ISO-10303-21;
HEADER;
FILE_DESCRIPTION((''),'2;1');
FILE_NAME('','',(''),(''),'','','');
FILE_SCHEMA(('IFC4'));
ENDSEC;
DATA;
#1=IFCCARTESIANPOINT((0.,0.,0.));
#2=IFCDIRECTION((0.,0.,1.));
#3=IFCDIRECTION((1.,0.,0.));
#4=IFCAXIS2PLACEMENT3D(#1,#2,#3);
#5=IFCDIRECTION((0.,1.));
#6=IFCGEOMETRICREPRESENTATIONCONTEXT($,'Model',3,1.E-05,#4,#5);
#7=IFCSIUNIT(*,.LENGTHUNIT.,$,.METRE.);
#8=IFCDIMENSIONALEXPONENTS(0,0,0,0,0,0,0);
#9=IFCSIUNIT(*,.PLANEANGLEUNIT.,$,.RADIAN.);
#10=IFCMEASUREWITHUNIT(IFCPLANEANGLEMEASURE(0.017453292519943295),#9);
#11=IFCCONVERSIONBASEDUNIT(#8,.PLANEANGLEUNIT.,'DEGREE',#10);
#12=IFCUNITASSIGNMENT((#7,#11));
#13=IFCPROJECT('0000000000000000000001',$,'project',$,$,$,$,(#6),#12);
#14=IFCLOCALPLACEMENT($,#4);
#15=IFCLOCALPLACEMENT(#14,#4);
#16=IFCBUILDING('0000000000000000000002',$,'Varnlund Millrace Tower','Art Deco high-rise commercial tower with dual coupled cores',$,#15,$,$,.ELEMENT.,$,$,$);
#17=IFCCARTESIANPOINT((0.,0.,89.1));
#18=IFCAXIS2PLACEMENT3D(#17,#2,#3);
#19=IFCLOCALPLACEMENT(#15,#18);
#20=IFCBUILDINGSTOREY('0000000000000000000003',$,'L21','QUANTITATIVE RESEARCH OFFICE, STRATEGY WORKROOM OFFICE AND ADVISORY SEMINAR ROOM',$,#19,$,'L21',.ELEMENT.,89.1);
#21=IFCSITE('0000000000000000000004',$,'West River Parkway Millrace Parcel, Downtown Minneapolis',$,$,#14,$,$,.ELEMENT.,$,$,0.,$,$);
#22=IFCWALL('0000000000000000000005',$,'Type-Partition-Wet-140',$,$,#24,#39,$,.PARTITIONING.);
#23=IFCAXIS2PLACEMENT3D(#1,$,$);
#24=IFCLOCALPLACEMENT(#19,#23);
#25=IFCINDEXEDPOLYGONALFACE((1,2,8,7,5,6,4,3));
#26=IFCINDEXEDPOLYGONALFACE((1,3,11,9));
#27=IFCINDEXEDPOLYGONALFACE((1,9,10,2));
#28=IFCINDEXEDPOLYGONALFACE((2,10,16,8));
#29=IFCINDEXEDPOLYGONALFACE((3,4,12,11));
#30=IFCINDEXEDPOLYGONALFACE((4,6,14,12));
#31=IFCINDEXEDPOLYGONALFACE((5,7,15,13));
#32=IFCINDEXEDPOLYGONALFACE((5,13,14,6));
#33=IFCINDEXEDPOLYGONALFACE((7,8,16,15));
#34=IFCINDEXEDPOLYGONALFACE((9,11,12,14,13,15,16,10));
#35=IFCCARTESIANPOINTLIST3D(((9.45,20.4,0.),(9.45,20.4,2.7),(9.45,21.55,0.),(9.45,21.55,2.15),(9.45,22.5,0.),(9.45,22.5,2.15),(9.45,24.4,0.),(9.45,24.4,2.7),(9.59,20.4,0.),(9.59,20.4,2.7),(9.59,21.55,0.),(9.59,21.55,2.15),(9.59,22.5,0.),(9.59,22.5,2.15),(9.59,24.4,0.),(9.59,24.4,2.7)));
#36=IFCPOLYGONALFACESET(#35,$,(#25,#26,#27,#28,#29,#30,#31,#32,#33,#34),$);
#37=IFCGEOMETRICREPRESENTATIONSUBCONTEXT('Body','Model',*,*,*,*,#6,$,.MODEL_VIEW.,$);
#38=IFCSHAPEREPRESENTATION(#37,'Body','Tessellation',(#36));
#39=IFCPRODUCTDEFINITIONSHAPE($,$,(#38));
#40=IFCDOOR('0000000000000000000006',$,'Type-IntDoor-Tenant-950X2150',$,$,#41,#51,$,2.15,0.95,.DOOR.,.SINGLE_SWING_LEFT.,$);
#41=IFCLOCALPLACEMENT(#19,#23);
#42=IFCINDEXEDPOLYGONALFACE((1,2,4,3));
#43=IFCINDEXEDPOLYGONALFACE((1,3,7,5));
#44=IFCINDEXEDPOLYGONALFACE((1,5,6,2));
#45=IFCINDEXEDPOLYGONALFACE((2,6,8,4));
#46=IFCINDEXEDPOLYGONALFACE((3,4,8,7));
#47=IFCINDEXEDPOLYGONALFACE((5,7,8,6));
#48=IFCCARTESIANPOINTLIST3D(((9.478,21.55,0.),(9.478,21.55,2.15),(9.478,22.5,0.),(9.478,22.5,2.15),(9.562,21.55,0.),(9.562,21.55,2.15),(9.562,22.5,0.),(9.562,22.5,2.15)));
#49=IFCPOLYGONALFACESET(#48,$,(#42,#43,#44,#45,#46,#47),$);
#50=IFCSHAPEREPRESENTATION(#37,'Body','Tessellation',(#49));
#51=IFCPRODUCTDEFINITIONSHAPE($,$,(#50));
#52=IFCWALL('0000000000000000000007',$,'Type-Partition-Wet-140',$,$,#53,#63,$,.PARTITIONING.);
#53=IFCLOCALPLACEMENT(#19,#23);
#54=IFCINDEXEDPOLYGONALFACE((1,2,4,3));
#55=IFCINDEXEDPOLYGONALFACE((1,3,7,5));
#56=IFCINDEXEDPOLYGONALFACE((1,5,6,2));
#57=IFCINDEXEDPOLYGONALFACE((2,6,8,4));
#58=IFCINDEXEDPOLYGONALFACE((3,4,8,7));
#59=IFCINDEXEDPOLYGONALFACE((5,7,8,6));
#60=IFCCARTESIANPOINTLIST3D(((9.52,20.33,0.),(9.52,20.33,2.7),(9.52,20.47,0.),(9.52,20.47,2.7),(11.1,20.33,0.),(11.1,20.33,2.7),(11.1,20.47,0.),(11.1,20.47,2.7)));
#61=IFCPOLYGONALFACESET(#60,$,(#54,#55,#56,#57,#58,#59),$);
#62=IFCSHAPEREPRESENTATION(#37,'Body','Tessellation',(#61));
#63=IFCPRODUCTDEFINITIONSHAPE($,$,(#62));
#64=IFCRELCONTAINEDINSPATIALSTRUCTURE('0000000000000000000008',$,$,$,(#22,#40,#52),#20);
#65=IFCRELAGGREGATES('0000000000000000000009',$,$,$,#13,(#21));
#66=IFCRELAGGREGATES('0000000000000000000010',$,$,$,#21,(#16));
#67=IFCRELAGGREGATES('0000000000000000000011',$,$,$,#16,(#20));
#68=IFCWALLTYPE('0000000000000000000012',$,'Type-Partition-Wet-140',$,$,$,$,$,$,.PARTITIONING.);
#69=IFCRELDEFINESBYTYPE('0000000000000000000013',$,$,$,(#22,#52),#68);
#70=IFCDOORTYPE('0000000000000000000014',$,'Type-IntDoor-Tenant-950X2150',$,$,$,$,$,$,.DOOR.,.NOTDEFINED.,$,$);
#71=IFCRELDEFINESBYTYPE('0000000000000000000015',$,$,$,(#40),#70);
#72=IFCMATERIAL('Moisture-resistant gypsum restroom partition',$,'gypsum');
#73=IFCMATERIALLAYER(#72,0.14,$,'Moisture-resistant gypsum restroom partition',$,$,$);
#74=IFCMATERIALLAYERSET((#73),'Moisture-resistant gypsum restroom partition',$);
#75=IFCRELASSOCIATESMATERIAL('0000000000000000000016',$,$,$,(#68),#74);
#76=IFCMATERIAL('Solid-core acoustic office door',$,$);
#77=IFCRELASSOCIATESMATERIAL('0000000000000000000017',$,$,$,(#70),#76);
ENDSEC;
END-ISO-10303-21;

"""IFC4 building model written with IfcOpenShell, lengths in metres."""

from ifc_helpers import new_model, entity, si_unit, converted_unit, direction, frame, origin_with_axes, origin_2d_with_axis, place, context, subcontext, project, spatial, polyline, rectangle, outline, extrude, material, layer, layer_set, type_object, element, fill, save


model = new_model("IFC4")

# Units and contexts
model_context = context("Model", 3, precision=1e-05, world=origin_with_axes(), true_north=direction((0.0, 1.0)))
body_context = subcontext(model_context, "Body", "Model", "MODEL_VIEW")
ifc_project = project(units=[si_unit("LENGTHUNIT", "METRE"), converted_unit("PLANEANGLEUNIT", "DEGREE", entity("IfcPlaneAngleMeasure", 0.017453292519943295), si_unit("PLANEANGLEUNIT", "RADIAN"), dimensions=[0, 0, 0, 0, 0, 0, 0])], contexts=[model_context])

# Site, building, storey
site_placement = place(None, origin_with_axes())
site = spatial("IfcSite", under=ifc_project, at=site_placement, Name="West River Parkway Millrace Parcel, Downtown Minneapolis", CompositionType="ELEMENT", RefElevation=0.0)
building_placement = place(site_placement, origin_with_axes())
building = spatial("IfcBuilding", under=site, at=building_placement, Name="Varnlund Millrace Tower", Description="Art Deco high-rise commercial tower with dual coupled cores", CompositionType="ELEMENT")
storey_placement = place(building_placement, frame((0.0, 0.0, 89.1), z_axis=(0.0, 0.0, 1.0), x_axis=(1.0, 0.0, 0.0)))
storey = spatial("IfcBuildingStorey", under=building, at=storey_placement, Name="L21", Description="QUANTITATIVE RESEARCH OFFICE, STRATEGY WORKROOM OFFICE AND ADVISORY SEMINAR ROOM", LongName="L21", CompositionType="ELEMENT", Elevation=89.1)

# Wall, opening, door
ifc_material_1 = material(Name="Moisture-resistant gypsum restroom partition", Category="gypsum")
ifc_layer_1 = layer(ifc_material_1, 0.14, Name="Moisture-resistant gypsum restroom partition")
ifc_layer_set_1 = layer_set([ifc_layer_1], Name="Moisture-resistant gypsum restroom partition")
wall_type_1 = type_object("IfcWallType", Name="Type-Partition-Wet-140", PredefinedType="PARTITIONING", material=ifc_layer_set_1)
wall_1_placement = place(storey_placement, frame((9.52, 20.4, 0.0), z_axis=(0.0, 0.0, 1.0), x_axis=(0.0, 1.0, 0.0)))
wall_1 = element("IfcWall", 1, at=wall_1_placement, inside=storey, type_object=wall_type_1, Name="Type-Partition-Wet-140", PredefinedType="PARTITIONING", context=body_context, shape_type="SweptSolid", body=[
    extrude(outline(polyline([(0.0, -0.07), (4.0, -0.07), (4.0, 0.07), (0.0, 0.07), (0.0, -0.07)])), origin_with_axes(), (0.0, 0.0, 1.0), 2.7),
])
opening_1_placement = place(wall_1_placement, frame((1.625, 0.0, 0.0), z_axis=(0.0, 0.0, 1.0), x_axis=(1.0, 0.0, 0.0)))
opening_1 = element("IfcOpeningElement", 2, at=opening_1_placement, cuts=wall_1, PredefinedType="OPENING", context=body_context, shape_type="SweptSolid", body=[
    extrude(rectangle(XDim=0.95, YDim=0.16, at=origin_2d_with_axis()), origin_with_axes(), (0.0, 0.0, 1.0), 2.15),
])
ifc_material_2 = material(Name="Solid-core acoustic office door")
door_type_1 = type_object("IfcDoorType", Name="Type-IntDoor-Tenant-950X2150", OperationType="NOTDEFINED", PredefinedType="DOOR", material=ifc_material_2)
door_1_placement = place(wall_1_placement, frame((1.625, 0.0, 0.0), z_axis=(0.0, 0.0, 1.0), x_axis=(1.0, 0.0, 0.0)))
door_1 = element("IfcDoor", 3, at=door_1_placement, inside=storey, type_object=door_type_1, Name="Type-IntDoor-Tenant-950X2150", OperationType="SINGLE_SWING_LEFT", OverallHeight=2.15, OverallWidth=0.95, PredefinedType="DOOR", context=body_context, shape_type="SweptSolid", body=[
    extrude(rectangle(XDim=0.95, YDim=0.084, at=origin_2d_with_axis()), origin_with_axes(), (0.0, 0.0, 1.0), 2.15),
])
fill(opening_1, door_1)

# Wall
wall_2_placement = place(storey_placement, frame((9.52, 20.4, 0.0), z_axis=(0.0, 0.0, 1.0), x_axis=(1.0, 0.0, 0.0)))
element("IfcWall", 4, at=wall_2_placement, inside=storey, type_object=wall_type_1, Name="Type-Partition-Wet-140", PredefinedType="PARTITIONING", context=body_context, shape_type="SweptSolid", body=[
    extrude(outline(polyline([(0.0, -0.07), (1.58, -0.07), (1.58, 0.07), (0.0, 0.07), (0.0, -0.07)])), origin_with_axes(), (0.0, 0.0, 1.0), 2.7),
])

save(model, "model.ifc")
